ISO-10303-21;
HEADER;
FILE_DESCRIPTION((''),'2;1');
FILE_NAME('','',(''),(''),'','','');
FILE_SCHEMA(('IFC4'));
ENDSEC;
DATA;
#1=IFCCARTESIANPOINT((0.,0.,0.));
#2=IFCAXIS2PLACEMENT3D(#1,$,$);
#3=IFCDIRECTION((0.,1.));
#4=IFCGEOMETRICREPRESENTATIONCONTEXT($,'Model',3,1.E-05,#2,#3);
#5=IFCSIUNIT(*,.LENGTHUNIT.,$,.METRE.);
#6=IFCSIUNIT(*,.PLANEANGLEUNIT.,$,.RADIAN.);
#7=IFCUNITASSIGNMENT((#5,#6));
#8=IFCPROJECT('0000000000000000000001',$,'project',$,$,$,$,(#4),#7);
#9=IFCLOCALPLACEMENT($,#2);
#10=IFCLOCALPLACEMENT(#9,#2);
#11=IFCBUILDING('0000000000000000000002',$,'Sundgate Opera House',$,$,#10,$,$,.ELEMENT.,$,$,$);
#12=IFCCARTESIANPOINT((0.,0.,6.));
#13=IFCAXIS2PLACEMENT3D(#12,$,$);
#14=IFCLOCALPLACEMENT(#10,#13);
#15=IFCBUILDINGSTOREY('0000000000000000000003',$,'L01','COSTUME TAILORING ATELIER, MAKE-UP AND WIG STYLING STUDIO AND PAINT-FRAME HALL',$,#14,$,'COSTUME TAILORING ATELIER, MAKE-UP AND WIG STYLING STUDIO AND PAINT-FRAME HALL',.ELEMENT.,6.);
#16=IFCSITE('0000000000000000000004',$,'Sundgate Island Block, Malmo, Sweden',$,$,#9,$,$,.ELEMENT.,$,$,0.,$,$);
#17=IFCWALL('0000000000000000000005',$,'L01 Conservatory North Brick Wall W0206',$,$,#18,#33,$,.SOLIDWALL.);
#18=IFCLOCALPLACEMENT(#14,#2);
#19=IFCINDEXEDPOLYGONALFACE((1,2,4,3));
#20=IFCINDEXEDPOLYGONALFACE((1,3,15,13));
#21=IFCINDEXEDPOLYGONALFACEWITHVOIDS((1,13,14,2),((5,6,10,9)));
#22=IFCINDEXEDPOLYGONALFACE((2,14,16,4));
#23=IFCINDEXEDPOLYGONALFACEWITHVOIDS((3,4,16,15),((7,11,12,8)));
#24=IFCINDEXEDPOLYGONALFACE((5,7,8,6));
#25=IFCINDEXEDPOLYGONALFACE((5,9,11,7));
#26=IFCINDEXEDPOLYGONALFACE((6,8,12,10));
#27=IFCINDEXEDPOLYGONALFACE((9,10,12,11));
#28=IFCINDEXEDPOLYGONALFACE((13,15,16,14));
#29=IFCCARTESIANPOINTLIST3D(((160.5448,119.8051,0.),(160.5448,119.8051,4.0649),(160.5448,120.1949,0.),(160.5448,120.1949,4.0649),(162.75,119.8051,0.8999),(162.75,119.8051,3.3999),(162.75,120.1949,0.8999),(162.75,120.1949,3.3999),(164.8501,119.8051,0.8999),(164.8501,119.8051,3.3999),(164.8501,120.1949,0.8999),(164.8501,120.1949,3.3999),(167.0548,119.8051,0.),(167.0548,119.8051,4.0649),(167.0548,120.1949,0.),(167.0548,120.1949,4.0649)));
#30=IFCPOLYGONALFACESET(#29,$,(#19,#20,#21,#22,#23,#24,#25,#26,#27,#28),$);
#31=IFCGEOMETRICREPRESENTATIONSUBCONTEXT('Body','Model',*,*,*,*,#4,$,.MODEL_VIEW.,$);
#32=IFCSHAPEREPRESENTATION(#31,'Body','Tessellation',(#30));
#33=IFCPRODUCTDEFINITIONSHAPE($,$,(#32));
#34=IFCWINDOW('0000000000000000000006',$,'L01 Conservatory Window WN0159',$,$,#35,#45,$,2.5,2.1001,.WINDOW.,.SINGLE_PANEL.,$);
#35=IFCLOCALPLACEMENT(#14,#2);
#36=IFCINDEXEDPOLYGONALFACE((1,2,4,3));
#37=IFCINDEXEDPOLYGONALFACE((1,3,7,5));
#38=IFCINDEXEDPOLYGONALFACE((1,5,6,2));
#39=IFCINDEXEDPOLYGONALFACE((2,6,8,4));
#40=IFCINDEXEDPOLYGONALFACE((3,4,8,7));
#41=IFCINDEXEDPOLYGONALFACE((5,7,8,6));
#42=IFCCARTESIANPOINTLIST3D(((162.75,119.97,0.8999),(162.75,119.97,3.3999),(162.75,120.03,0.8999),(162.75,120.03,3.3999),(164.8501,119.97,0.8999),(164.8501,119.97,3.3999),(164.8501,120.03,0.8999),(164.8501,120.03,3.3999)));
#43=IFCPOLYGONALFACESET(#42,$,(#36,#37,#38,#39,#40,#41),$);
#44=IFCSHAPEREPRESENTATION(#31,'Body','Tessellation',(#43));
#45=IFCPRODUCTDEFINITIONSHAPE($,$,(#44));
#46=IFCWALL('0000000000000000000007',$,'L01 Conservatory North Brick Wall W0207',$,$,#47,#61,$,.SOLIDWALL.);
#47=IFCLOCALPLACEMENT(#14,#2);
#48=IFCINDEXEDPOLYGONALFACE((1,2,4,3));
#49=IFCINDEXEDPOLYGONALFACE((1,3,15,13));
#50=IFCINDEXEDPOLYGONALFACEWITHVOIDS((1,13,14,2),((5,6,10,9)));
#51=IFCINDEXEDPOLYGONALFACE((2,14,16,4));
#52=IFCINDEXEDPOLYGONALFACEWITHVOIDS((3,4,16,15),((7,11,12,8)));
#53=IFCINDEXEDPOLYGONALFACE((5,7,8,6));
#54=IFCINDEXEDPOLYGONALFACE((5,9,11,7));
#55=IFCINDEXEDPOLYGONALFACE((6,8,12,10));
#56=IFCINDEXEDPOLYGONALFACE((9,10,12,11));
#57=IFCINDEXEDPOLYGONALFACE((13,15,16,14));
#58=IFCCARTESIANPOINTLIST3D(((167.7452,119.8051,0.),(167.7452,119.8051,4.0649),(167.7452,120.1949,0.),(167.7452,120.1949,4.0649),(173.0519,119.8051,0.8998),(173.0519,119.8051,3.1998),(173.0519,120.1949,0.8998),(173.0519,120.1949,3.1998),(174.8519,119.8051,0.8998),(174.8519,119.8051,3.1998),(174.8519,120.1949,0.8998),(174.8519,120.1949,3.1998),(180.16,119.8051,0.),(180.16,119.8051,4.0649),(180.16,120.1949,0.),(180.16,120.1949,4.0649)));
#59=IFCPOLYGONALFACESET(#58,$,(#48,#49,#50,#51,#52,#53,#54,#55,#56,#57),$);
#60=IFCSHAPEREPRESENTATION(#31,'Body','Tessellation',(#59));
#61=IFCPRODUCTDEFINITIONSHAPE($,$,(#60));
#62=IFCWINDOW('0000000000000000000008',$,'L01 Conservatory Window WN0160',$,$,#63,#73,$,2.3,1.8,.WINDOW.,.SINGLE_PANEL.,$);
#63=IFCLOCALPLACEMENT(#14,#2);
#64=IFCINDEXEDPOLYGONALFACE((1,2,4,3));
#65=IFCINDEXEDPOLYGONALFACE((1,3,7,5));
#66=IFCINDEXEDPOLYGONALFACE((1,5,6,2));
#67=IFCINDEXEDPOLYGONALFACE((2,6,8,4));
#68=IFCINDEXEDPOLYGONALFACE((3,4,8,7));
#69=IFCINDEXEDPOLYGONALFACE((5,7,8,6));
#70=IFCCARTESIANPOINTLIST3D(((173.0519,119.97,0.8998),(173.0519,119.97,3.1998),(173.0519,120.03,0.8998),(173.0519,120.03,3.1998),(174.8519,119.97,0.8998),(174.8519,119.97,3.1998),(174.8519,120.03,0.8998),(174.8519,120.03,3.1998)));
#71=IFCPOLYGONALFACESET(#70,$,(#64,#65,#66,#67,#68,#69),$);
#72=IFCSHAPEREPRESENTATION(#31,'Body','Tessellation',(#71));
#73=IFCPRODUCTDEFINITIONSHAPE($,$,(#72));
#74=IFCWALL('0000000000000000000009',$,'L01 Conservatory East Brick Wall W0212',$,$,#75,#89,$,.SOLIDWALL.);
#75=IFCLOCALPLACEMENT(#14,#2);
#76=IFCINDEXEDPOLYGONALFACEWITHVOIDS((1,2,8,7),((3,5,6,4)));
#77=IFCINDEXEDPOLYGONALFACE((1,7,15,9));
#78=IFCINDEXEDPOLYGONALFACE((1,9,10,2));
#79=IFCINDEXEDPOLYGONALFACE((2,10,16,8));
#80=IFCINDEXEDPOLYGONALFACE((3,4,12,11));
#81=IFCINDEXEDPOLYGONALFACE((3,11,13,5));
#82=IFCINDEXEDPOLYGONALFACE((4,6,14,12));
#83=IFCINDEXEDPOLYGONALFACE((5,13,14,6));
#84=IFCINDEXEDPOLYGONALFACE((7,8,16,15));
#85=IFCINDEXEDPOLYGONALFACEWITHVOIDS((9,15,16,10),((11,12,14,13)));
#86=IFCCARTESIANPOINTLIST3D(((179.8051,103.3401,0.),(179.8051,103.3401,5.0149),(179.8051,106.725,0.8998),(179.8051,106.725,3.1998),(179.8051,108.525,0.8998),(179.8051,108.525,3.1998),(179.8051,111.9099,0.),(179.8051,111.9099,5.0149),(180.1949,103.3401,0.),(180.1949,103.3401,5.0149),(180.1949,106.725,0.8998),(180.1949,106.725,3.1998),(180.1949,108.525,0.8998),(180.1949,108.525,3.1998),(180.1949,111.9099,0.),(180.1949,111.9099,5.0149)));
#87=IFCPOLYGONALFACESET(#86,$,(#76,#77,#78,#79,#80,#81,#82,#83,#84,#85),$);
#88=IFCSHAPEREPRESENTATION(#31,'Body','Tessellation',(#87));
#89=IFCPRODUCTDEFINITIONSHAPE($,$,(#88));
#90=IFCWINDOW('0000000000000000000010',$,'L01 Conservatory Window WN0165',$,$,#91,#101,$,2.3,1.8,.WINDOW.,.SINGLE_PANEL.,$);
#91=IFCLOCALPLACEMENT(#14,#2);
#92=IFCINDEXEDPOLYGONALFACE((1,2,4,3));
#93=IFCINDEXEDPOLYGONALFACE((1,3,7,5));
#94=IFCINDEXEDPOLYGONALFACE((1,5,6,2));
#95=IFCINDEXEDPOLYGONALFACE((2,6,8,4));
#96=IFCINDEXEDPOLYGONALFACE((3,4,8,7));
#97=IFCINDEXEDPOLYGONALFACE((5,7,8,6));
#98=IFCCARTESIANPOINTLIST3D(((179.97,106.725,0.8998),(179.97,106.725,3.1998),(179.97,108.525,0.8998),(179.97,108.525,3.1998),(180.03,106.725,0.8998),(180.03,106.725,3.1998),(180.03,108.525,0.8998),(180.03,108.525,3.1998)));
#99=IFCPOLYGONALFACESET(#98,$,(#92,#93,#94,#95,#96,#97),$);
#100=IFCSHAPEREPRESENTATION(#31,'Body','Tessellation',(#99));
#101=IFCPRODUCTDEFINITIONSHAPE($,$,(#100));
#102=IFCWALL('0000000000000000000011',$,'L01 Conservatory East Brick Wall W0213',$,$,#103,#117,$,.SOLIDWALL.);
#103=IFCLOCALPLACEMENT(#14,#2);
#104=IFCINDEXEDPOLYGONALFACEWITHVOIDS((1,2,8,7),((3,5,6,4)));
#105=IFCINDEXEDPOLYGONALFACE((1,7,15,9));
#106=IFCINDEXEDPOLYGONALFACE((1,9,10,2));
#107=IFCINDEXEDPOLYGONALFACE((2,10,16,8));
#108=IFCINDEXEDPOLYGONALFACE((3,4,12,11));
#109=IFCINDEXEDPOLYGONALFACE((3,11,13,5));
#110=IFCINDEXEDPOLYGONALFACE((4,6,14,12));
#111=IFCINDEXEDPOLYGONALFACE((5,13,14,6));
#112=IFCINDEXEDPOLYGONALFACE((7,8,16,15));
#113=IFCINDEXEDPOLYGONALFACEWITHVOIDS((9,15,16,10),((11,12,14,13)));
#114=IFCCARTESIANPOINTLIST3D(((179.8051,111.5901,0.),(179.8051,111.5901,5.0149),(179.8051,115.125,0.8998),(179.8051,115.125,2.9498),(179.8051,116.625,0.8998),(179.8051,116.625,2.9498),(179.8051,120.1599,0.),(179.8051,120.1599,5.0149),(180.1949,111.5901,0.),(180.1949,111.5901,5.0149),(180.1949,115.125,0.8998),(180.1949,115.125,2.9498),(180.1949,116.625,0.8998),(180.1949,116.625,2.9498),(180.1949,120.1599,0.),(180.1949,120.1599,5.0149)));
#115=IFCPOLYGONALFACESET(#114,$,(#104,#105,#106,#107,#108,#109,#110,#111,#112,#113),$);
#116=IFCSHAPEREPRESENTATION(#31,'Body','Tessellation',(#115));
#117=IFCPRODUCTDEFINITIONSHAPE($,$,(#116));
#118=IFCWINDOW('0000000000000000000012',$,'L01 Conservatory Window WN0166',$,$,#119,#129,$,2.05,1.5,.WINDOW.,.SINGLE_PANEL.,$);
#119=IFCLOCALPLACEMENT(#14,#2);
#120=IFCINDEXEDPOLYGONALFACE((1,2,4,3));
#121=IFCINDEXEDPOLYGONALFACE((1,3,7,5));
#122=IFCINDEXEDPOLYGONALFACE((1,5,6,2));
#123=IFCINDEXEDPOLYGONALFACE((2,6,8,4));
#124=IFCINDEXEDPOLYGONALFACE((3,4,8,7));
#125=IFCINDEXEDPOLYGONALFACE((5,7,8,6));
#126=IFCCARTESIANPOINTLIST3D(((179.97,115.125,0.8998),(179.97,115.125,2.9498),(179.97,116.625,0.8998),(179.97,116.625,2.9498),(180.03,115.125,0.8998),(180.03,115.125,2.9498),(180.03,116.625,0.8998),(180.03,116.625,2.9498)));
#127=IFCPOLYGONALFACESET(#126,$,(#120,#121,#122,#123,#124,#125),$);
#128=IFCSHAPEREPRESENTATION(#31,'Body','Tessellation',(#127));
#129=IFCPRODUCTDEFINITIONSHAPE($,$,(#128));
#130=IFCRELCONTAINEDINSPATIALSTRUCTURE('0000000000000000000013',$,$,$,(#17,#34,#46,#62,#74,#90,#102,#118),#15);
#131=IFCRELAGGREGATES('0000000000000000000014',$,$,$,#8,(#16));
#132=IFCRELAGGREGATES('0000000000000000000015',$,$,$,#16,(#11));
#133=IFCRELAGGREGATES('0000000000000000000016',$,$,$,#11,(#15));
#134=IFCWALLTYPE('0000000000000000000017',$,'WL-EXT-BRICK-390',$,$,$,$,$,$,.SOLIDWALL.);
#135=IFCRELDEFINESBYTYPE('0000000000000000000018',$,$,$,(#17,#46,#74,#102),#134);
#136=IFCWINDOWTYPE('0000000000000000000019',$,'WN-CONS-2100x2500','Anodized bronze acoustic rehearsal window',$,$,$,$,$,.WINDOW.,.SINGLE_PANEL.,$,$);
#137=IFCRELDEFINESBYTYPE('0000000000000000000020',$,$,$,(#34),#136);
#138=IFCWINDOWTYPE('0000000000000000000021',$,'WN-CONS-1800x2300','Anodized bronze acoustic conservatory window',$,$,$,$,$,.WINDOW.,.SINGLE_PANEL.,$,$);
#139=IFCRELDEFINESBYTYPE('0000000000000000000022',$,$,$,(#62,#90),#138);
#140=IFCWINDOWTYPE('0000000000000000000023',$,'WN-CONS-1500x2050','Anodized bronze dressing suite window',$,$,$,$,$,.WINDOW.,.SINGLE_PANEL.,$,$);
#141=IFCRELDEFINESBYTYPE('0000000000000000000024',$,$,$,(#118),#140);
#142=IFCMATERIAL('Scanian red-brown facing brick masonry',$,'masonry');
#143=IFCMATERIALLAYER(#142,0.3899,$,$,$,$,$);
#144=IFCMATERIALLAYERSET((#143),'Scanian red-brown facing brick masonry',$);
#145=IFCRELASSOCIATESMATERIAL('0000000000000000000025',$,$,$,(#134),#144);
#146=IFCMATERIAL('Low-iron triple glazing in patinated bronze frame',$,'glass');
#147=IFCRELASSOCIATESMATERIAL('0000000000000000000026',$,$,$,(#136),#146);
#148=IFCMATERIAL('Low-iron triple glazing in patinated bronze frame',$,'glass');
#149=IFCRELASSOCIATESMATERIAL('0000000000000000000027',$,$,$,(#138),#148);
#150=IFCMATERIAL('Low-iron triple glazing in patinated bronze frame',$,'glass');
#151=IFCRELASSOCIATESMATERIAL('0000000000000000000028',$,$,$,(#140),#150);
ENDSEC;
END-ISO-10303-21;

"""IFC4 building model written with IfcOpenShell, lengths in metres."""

from ifc_helpers import new_model, si_unit, direction, frame, frame_2d, origin, place, context, subcontext, project, spatial, rectangle, extrude, material, layer, layer_set, type_object, element, fill, save


model = new_model("IFC4")

# Units and contexts
model_context = context("Model", 3, precision=1e-05, world=origin(), true_north=direction((0.0, 1.0)))
body_context = subcontext(model_context, "Body", "Model", "MODEL_VIEW")
ifc_project = project(units=[si_unit("LENGTHUNIT", "METRE"), si_unit("PLANEANGLEUNIT", "RADIAN")], contexts=[model_context])

# Site, building, storey
site_placement = place(None, origin())
site = spatial("IfcSite", under=ifc_project, at=site_placement, Name="Sundgate Island Block, Malmo, Sweden", CompositionType="ELEMENT", RefElevation=0.0)
building_placement = place(site_placement, origin())
building = spatial("IfcBuilding", under=site, at=building_placement, Name="Sundgate Opera House", CompositionType="ELEMENT")
storey_placement = place(building_placement, frame((0.0, 0.0, 6.0)))
storey = spatial("IfcBuildingStorey", under=building, at=storey_placement, Name="L01", Description="COSTUME TAILORING ATELIER, MAKE-UP AND WIG STYLING STUDIO AND PAINT-FRAME HALL", LongName="COSTUME TAILORING ATELIER, MAKE-UP AND WIG STYLING STUDIO AND PAINT-FRAME HALL", CompositionType="ELEMENT", Elevation=6.0)

# Walls, openings, windows
ifc_material_1 = material(Name="Scanian red-brown facing brick masonry", Category="masonry")
ifc_layer = layer(ifc_material_1, 0.3899)
ifc_layer_set = layer_set([ifc_layer], Name="Scanian red-brown facing brick masonry")
wall_type = type_object("IfcWallType", Name="WL-EXT-BRICK-390", PredefinedType="SOLIDWALL", material=ifc_layer_set)
wall_1_placement = place(storey_placement, frame((160.5449, 120.0, 0.0), z_axis=(0.0, 0.0, 1.0), x_axis=(1.0, 0.0, 0.0)))
wall_1 = element("IfcWall", 1, at=wall_1_placement, inside=storey, type_object=wall_type, Name="L01 Conservatory North Brick Wall W0206", PredefinedType="SOLIDWALL", context=body_context, shape_type="SweptSolid", body=[
    extrude(rectangle(XDim=6.51, YDim=0.3899, at=frame_2d((3.2549, 0.0))), origin(), (0.0, 0.0, 1.0), 4.0649),
])
opening_1_placement = place(wall_1_placement, frame((2.2051, 0.0, 0.8999)))
opening_1 = element("IfcOpeningElement", 2, at=opening_1_placement, cuts=wall_1, PredefinedType="OPENING", context=body_context, shape_type="SweptSolid", body=[
    extrude(rectangle(XDim=2.1001, YDim=2.5, at=frame_2d((1.05, 1.25))), frame((0.0, 0.2048, 0.0), z_axis=(0.0, -1.0, 0.0), x_axis=(1.0, 0.0, 0.0)), (0.0, 0.0, 1.0), 0.4099),
])
ifc_material_2 = material(Name="Low-iron triple glazing in patinated bronze frame", Category="glass")
window_type_1 = type_object("IfcWindowType", Name="WN-CONS-2100x2500", Description="Anodized bronze acoustic rehearsal window", PartitioningType="SINGLE_PANEL", PredefinedType="WINDOW", material=ifc_material_2)
window_1_placement = place(opening_1_placement, origin())
window_1 = element("IfcWindow", 3, at=window_1_placement, inside=storey, type_object=window_type_1, Name="L01 Conservatory Window WN0159", OverallHeight=2.5, OverallWidth=2.1001, PartitioningType="SINGLE_PANEL", PredefinedType="WINDOW", context=body_context, shape_type="SweptSolid", body=[
    extrude(rectangle(XDim=2.1001, YDim=2.5, at=frame_2d((1.05, 1.25))), frame((0.0, 0.03, 0.0), z_axis=(0.0, -1.0, 0.0), x_axis=(1.0, 0.0, 0.0)), (0.0, 0.0, 1.0), 0.0601),
])
fill(opening_1, window_1)
wall_2_placement = place(storey_placement, frame((167.7451, 120.0, 0.0), z_axis=(0.0, 0.0, 1.0), x_axis=(1.0, 0.0, 0.0)))
wall_2 = element("IfcWall", 4, at=wall_2_placement, inside=storey, type_object=wall_type, Name="L01 Conservatory North Brick Wall W0207", PredefinedType="SOLIDWALL", context=body_context, shape_type="SweptSolid", body=[
    extrude(rectangle(XDim=12.4148, YDim=0.3899, at=frame_2d((6.2075, 0.0))), origin(), (0.0, 0.0, 1.0), 4.0649),
])
opening_2_placement = place(wall_2_placement, frame((5.3069, 0.0, 0.8999)))
opening_2 = element("IfcOpeningElement", 5, at=opening_2_placement, cuts=wall_2, PredefinedType="OPENING", context=body_context, shape_type="SweptSolid", body=[
    extrude(rectangle(XDim=1.8, YDim=2.3, at=frame_2d((0.8999, 1.1499))), frame((0.0, 0.2048, 0.0), z_axis=(0.0, -1.0, 0.0), x_axis=(1.0, 0.0, 0.0)), (0.0, 0.0, 1.0), 0.4099),
])
ifc_material_3 = material(Name="Low-iron triple glazing in patinated bronze frame", Category="glass")
window_type_2 = type_object("IfcWindowType", Name="WN-CONS-1800x2300", Description="Anodized bronze acoustic conservatory window", PartitioningType="SINGLE_PANEL", PredefinedType="WINDOW", material=ifc_material_3)
window_2_placement = place(opening_2_placement, origin())
window_2 = element("IfcWindow", 6, at=window_2_placement, inside=storey, type_object=window_type_2, Name="L01 Conservatory Window WN0160", OverallHeight=2.3, OverallWidth=1.8, PartitioningType="SINGLE_PANEL", PredefinedType="WINDOW", context=body_context, shape_type="SweptSolid", body=[
    extrude(rectangle(XDim=1.8, YDim=2.3, at=frame_2d((0.8999, 1.1499))), frame((0.0, 0.03, 0.0), z_axis=(0.0, -1.0, 0.0), x_axis=(1.0, 0.0, 0.0)), (0.0, 0.0, 1.0), 0.0601),
])
fill(opening_2, window_2)
wall_3_placement = place(storey_placement, frame((180.0, 111.9099, 0.0), z_axis=(0.0, 0.0, 1.0), x_axis=(0.0, -1.0, 0.0)))
wall_3 = element("IfcWall", 7, at=wall_3_placement, inside=storey, type_object=wall_type, Name="L01 Conservatory East Brick Wall W0212", PredefinedType="SOLIDWALL", context=body_context, shape_type="SweptSolid", body=[
    extrude(rectangle(XDim=8.5698, YDim=0.3899, at=frame_2d((4.2849, 0.0))), origin(), (0.0, 0.0, 1.0), 5.0149),
])
opening_3_placement = place(wall_3_placement, frame((3.385, 0.0, 0.8999)))
opening_3 = element("IfcOpeningElement", 8, at=opening_3_placement, cuts=wall_3, PredefinedType="OPENING", context=body_context, shape_type="SweptSolid", body=[
    extrude(rectangle(XDim=1.8, YDim=2.3, at=frame_2d((0.8999, 1.1499))), frame((0.0, 0.2048, 0.0), z_axis=(0.0, -1.0, 0.0), x_axis=(1.0, 0.0, 0.0)), (0.0, 0.0, 1.0), 0.4099),
])
window_3_placement = place(opening_3_placement, origin())
window_3 = element("IfcWindow", 9, at=window_3_placement, inside=storey, type_object=window_type_2, Name="L01 Conservatory Window WN0165", OverallHeight=2.3, OverallWidth=1.8, PartitioningType="SINGLE_PANEL", PredefinedType="WINDOW", context=body_context, shape_type="SweptSolid", body=[
    extrude(rectangle(XDim=1.8, YDim=2.3, at=frame_2d((0.8999, 1.1499))), frame((0.0, 0.03, 0.0), z_axis=(0.0, -1.0, 0.0), x_axis=(1.0, 0.0, 0.0)), (0.0, 0.0, 1.0), 0.0601),
])
fill(opening_3, window_3)
wall_4_placement = place(storey_placement, frame((180.0, 120.1599, 0.0), z_axis=(0.0, 0.0, 1.0), x_axis=(0.0, -1.0, 0.0)))
wall_4 = element("IfcWall", 10, at=wall_4_placement, inside=storey, type_object=wall_type, Name="L01 Conservatory East Brick Wall W0213", PredefinedType="SOLIDWALL", context=body_context, shape_type="SweptSolid", body=[
    extrude(rectangle(XDim=8.5698, YDim=0.3899, at=frame_2d((4.2849, 0.0))), origin(), (0.0, 0.0, 1.0), 5.0149),
])
opening_4_placement = place(wall_4_placement, frame((3.5349, 0.0, 0.8999)))
opening_4 = element("IfcOpeningElement", 11, at=opening_4_placement, cuts=wall_4, PredefinedType="OPENING", context=body_context, shape_type="SweptSolid", body=[
    extrude(rectangle(XDim=1.5, YDim=2.05, at=frame_2d((0.75, 1.0249))), frame((0.0, 0.2048, 0.0), z_axis=(0.0, -1.0, 0.0), x_axis=(1.0, 0.0, 0.0)), (0.0, 0.0, 1.0), 0.4099),
])
ifc_material_4 = material(Name="Low-iron triple glazing in patinated bronze frame", Category="glass")
window_type_3 = type_object("IfcWindowType", Name="WN-CONS-1500x2050", Description="Anodized bronze dressing suite window", PartitioningType="SINGLE_PANEL", PredefinedType="WINDOW", material=ifc_material_4)
window_4_placement = place(opening_4_placement, origin())
window_4 = element("IfcWindow", 12, at=window_4_placement, inside=storey, type_object=window_type_3, Name="L01 Conservatory Window WN0166", OverallHeight=2.05, OverallWidth=1.5, PartitioningType="SINGLE_PANEL", PredefinedType="WINDOW", context=body_context, shape_type="SweptSolid", body=[
    extrude(rectangle(XDim=1.5, YDim=2.05, at=frame_2d((0.75, 1.0249))), frame((0.0, 0.03, 0.0), z_axis=(0.0, -1.0, 0.0), x_axis=(1.0, 0.0, 0.0)), (0.0, 0.0, 1.0), 0.0601),
])
fill(opening_4, window_4)

save(model, "model.ifc")
